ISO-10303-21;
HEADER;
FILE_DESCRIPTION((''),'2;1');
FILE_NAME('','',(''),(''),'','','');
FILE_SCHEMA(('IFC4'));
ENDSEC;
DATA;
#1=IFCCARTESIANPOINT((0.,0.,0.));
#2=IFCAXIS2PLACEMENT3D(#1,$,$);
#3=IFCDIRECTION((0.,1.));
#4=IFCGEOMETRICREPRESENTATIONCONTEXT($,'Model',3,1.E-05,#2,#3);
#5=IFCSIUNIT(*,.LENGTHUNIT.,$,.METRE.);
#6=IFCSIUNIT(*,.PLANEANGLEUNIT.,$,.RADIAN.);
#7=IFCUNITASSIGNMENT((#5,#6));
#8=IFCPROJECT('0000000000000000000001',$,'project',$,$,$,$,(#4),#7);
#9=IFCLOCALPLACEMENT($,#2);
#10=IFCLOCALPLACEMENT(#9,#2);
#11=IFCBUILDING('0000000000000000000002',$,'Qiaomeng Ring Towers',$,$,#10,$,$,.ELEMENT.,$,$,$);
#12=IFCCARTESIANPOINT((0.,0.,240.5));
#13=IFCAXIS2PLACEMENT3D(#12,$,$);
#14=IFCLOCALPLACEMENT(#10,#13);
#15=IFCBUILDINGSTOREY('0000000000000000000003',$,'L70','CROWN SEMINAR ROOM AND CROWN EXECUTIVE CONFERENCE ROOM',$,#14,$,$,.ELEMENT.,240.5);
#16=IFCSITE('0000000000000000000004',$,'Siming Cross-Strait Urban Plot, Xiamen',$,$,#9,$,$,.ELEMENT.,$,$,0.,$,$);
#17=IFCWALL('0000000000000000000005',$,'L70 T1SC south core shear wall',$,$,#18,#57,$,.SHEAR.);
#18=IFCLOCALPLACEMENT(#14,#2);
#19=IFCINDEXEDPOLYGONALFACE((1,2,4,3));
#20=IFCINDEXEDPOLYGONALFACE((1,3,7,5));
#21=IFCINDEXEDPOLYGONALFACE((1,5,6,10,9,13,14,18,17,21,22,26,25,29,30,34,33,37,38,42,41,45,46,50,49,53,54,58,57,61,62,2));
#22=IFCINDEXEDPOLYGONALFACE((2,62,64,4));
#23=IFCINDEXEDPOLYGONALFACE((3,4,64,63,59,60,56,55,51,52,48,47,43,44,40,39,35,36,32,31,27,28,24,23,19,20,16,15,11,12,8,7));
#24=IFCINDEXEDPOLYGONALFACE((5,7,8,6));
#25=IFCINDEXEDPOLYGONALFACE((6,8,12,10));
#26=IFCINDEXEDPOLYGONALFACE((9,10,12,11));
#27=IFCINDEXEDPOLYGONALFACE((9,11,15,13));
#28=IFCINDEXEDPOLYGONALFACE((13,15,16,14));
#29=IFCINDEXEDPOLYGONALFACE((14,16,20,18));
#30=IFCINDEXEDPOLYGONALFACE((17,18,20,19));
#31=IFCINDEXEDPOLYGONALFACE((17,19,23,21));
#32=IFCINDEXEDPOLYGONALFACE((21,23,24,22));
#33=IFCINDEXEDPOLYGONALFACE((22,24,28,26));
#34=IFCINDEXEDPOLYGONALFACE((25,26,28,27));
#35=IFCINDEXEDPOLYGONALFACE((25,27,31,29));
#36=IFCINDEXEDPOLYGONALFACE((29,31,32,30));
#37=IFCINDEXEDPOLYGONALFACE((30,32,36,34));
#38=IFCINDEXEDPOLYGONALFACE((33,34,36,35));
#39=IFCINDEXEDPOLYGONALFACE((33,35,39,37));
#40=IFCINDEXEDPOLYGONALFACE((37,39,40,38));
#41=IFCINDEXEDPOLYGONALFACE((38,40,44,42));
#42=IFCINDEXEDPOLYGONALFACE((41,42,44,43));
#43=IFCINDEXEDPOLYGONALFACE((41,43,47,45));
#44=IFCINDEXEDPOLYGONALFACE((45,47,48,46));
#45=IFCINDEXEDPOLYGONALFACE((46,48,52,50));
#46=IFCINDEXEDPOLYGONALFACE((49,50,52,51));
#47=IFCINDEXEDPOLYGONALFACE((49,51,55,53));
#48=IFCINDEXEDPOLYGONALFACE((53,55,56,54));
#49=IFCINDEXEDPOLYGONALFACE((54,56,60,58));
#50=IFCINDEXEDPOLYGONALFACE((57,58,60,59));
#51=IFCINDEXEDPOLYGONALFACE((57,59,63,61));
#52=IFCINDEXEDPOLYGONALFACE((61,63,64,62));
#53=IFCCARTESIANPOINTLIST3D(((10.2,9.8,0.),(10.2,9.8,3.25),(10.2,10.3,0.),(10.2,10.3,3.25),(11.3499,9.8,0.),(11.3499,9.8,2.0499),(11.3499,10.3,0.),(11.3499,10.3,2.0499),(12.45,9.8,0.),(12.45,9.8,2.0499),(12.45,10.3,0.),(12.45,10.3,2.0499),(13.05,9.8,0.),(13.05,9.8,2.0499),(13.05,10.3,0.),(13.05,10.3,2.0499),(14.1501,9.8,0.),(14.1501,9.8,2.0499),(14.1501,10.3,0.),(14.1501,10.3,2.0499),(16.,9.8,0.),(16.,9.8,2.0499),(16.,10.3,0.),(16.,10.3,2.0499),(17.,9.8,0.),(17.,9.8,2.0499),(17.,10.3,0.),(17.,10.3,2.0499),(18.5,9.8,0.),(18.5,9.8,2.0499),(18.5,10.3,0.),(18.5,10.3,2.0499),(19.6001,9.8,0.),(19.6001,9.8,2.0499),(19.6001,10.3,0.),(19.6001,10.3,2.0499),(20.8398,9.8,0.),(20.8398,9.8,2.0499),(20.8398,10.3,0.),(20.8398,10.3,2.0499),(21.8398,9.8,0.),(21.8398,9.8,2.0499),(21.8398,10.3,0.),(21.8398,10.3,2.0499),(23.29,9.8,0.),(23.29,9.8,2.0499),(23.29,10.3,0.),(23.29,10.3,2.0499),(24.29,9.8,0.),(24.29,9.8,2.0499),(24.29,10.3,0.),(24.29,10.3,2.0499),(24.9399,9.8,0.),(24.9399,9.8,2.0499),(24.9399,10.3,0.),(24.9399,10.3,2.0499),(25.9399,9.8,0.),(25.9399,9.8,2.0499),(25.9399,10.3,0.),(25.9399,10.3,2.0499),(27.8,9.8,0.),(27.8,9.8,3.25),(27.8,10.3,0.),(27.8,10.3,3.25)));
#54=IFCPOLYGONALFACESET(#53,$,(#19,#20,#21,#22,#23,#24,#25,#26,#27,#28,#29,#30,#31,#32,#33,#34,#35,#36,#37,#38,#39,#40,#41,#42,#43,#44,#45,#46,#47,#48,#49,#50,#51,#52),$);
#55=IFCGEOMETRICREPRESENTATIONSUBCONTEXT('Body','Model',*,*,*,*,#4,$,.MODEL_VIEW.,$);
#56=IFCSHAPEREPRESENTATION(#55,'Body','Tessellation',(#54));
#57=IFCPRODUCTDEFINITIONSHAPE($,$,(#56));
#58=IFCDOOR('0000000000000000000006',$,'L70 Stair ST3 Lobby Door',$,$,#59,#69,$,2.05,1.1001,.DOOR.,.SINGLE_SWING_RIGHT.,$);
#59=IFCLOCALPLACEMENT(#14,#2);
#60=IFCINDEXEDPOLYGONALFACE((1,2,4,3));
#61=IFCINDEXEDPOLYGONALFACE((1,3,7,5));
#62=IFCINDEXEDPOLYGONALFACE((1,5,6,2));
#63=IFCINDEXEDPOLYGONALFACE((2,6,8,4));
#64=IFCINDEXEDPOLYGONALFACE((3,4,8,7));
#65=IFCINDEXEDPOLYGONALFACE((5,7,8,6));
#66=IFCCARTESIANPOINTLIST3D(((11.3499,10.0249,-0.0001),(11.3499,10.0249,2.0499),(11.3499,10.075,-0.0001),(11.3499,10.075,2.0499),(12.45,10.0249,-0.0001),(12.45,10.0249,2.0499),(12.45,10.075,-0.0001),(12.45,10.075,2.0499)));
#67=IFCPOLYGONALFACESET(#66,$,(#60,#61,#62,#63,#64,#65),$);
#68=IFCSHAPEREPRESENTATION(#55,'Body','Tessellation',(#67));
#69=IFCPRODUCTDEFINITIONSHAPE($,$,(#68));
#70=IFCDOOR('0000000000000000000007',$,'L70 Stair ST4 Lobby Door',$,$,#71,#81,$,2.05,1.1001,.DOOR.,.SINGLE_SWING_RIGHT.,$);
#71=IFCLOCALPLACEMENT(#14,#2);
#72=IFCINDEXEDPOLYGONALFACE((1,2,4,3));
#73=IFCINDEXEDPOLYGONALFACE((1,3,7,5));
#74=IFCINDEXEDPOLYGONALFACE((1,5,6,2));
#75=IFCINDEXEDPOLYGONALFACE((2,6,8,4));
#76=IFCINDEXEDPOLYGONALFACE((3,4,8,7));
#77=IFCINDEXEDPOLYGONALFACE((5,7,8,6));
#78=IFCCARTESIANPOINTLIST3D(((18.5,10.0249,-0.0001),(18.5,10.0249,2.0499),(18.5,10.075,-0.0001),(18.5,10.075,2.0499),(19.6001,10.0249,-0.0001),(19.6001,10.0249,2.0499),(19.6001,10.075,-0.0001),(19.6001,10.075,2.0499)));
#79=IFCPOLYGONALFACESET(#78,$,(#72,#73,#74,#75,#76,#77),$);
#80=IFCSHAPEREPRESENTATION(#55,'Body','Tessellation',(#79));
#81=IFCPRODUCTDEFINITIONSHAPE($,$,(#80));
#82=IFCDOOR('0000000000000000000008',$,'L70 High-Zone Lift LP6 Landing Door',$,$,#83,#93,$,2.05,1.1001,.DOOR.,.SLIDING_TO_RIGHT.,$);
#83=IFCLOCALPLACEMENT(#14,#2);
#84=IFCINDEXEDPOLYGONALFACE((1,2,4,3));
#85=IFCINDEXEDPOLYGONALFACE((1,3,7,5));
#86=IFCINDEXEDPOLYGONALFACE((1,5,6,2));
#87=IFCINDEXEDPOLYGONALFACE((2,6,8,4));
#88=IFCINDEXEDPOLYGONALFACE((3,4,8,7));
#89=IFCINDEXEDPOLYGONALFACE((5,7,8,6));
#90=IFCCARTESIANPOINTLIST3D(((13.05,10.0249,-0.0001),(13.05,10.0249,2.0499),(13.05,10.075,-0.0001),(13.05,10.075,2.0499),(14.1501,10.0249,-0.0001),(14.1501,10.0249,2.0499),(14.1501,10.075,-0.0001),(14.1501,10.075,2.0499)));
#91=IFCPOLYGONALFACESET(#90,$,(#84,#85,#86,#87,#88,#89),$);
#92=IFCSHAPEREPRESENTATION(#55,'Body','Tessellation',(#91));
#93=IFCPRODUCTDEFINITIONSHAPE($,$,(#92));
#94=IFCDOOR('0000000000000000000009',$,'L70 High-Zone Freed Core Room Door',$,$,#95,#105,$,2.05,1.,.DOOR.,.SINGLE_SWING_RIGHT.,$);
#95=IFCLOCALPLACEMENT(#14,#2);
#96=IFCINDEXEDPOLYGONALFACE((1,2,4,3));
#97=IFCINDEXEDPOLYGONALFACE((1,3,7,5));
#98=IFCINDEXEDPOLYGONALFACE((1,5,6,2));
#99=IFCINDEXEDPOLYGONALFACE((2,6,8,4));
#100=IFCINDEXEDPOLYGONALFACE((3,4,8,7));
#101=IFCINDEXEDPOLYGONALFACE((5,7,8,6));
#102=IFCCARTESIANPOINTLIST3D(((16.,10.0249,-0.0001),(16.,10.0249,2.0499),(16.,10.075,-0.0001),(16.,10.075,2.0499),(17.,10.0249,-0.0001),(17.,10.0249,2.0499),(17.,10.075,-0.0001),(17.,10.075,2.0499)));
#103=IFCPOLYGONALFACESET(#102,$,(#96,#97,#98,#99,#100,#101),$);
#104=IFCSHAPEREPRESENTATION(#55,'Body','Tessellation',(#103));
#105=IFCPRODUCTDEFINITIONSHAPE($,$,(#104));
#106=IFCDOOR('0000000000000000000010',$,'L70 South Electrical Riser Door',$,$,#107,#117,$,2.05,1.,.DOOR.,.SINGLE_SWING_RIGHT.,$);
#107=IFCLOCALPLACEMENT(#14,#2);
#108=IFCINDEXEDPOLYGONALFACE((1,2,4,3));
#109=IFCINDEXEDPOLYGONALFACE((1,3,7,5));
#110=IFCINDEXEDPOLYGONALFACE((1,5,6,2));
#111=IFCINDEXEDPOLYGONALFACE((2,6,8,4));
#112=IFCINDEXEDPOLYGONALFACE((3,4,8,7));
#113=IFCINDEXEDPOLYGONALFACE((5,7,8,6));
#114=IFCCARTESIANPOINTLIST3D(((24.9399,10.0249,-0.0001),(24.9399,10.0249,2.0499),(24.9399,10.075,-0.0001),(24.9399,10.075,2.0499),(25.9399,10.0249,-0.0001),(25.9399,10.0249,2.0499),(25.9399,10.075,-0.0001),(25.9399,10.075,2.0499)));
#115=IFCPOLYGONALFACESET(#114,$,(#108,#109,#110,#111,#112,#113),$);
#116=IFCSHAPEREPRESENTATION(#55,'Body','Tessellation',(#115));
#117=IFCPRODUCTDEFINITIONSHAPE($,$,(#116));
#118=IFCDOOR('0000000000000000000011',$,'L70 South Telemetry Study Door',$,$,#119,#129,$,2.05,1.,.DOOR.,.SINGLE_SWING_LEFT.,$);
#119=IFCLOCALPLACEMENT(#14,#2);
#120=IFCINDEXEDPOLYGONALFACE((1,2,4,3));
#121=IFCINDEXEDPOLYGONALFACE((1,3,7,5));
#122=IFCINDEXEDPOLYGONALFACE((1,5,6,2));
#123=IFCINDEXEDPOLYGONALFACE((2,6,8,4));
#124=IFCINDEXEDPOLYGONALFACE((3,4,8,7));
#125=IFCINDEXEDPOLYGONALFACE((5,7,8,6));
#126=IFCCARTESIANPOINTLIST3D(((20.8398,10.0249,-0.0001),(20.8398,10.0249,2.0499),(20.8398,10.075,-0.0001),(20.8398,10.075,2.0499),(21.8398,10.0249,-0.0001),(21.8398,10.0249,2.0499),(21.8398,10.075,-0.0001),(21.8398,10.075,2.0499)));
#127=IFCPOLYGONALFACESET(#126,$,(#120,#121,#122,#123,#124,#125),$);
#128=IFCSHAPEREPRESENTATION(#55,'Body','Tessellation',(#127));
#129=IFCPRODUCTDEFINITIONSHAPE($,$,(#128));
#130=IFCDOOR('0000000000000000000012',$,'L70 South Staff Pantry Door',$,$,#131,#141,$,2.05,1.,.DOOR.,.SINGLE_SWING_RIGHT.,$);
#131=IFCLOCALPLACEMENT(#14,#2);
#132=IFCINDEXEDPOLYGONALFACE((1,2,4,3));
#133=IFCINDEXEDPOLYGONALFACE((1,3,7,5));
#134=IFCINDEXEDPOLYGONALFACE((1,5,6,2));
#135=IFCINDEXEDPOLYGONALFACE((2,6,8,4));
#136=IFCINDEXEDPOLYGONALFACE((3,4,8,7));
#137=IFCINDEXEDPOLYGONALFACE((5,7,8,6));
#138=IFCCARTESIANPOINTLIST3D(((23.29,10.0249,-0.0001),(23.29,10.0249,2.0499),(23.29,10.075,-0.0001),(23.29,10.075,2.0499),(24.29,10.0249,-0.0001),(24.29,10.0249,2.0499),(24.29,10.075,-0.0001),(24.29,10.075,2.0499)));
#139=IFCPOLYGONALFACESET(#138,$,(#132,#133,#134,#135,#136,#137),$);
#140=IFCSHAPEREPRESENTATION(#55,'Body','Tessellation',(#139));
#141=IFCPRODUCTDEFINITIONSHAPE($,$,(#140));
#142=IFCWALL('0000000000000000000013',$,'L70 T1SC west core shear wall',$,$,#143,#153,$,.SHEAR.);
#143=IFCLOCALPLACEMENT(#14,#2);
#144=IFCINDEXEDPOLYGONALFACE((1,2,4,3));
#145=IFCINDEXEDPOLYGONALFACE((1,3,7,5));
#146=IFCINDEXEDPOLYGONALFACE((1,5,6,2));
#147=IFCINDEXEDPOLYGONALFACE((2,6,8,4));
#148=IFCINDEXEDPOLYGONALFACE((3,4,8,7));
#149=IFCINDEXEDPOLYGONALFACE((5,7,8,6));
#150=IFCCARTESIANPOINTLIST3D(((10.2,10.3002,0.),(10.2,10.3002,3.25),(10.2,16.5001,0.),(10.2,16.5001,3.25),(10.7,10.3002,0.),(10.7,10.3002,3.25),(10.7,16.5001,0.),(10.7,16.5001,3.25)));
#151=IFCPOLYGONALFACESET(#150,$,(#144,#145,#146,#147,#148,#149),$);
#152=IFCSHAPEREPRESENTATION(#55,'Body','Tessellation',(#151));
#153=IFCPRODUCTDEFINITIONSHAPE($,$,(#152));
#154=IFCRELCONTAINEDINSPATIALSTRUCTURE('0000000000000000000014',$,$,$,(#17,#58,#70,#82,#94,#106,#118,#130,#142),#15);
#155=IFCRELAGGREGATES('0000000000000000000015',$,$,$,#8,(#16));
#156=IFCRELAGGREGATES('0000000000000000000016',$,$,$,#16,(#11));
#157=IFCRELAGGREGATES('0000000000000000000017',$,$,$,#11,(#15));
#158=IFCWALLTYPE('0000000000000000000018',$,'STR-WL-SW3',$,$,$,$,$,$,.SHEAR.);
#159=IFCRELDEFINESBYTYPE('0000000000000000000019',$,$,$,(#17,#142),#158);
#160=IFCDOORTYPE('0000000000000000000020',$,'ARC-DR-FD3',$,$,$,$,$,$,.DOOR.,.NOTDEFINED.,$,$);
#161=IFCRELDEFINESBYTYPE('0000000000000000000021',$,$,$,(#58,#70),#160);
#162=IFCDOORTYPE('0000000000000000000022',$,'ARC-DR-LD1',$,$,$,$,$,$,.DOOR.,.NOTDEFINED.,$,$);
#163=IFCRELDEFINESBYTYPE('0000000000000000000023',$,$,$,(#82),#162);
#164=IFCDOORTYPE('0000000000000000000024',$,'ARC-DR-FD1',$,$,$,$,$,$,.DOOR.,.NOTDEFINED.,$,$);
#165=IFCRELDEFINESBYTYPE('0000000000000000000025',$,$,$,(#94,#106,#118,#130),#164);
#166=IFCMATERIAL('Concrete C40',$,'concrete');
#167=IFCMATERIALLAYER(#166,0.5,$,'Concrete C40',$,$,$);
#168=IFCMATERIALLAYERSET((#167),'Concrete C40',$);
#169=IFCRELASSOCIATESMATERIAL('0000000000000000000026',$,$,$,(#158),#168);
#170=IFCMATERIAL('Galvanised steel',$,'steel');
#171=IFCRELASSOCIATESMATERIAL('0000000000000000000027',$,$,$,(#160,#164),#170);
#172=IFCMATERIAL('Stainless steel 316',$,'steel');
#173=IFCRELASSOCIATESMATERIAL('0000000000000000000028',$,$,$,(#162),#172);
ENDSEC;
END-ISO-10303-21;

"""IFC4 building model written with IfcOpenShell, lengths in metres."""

from ifc_helpers import new_model, si_unit, direction, frame, frame_2d, origin, place, context, subcontext, project, spatial, rectangle, extrude, source, transform, mapped, material, layer, layer_set, type_object, element, fill, save


model = new_model("IFC4")

# Units and contexts
model_context = context("Model", 3, precision=1e-05, world=origin(), true_north=direction((0.0, 1.0)))
body_context = subcontext(model_context, "Body", "Model", "MODEL_VIEW")
ifc_project = project(units=[si_unit("LENGTHUNIT", "METRE"), si_unit("PLANEANGLEUNIT", "RADIAN")], contexts=[model_context])

# Site, building, storey
site_placement = place(None, origin())
site = spatial("IfcSite", under=ifc_project, at=site_placement, Name="Siming Cross-Strait Urban Plot, Xiamen", CompositionType="ELEMENT", RefElevation=0.0)
building_placement = place(site_placement, origin())
building = spatial("IfcBuilding", under=site, at=building_placement, Name="Qiaomeng Ring Towers", CompositionType="ELEMENT")
storey_placement = place(building_placement, frame((0.0, 0.0, 240.5)))
storey = spatial("IfcBuildingStorey", under=building, at=storey_placement, Name="L70", Description="CROWN SEMINAR ROOM AND CROWN EXECUTIVE CONFERENCE ROOM", CompositionType="ELEMENT", Elevation=240.5)

# Shared definitions
ifc_material_1 = material(Name="Concrete C40", Category="concrete")

# Wall, openings, doors
ifc_layer_1 = layer(ifc_material_1, 0.5, Name="Concrete C40")
ifc_layer_set_1 = layer_set([ifc_layer_1], Name="Concrete C40")
wall_type_1 = type_object("IfcWallType", Name="STR-WL-SW3", PredefinedType="SHEAR", material=ifc_layer_set_1)
wall_1_placement = place(storey_placement, frame((10.2, 10.05, 0.0), z_axis=(0.0, 0.0, 1.0), x_axis=(1.0, 0.0, 0.0)))
wall_1 = element("IfcWall", 1, at=wall_1_placement, inside=storey, type_object=wall_type_1, Name="L70 T1SC south core shear wall", PredefinedType="SHEAR", context=body_context, shape_type="SweptSolid", body=[
    extrude(rectangle(XDim=17.6001, YDim=0.5, at=frame_2d((8.8, 0.0))), origin(), (0.0, 0.0, 1.0), 3.25),
])
opening_1_placement = place(wall_1_placement, frame((1.1499, 0.0, 0.0)))
opening_1 = element("IfcOpeningElement", 2, at=opening_1_placement, cuts=wall_1, PredefinedType="OPENING", context=body_context, shape_type="SweptSolid", body=[
    extrude(rectangle(XDim=1.1001, YDim=2.05, at=frame_2d((0.55, 1.0249))), frame((0.0, 0.26, 0.0), z_axis=(0.0, -1.0, 0.0), x_axis=(1.0, 0.0, 0.0)), (0.0, 0.0, 1.0), 0.52),
])
opening_2_placement = place(wall_1_placement, frame((8.3, 0.0, 0.0)))
opening_2 = element("IfcOpeningElement", 3, at=opening_2_placement, cuts=wall_1, PredefinedType="OPENING", context=body_context, shape_type="SweptSolid", body=[
    extrude(rectangle(XDim=1.1001, YDim=2.05, at=frame_2d((0.55, 1.0249))), frame((0.0, 0.26, 0.0), z_axis=(0.0, -1.0, 0.0), x_axis=(1.0, 0.0, 0.0)), (0.0, 0.0, 1.0), 0.52),
])
opening_3_placement = place(wall_1_placement, frame((2.8501, 0.0, 0.0)))
opening_3 = element("IfcOpeningElement", 4, at=opening_3_placement, cuts=wall_1, PredefinedType="OPENING", context=body_context, shape_type="SweptSolid", body=[
    extrude(rectangle(XDim=1.1001, YDim=2.05, at=frame_2d((0.55, 1.0249))), frame((0.0, 0.26, 0.0), z_axis=(0.0, -1.0, 0.0), x_axis=(1.0, 0.0, 0.0)), (0.0, 0.0, 1.0), 0.52),
])
opening_4_placement = place(wall_1_placement, frame((5.8, 0.0, 0.0)))
opening_4 = element("IfcOpeningElement", 5, at=opening_4_placement, cuts=wall_1, PredefinedType="OPENING", context=body_context, shape_type="SweptSolid", body=[
    extrude(rectangle(XDim=1.0, YDim=2.05, at=frame_2d((0.5, 1.0249))), frame((0.0, 0.26, 0.0), z_axis=(0.0, -1.0, 0.0), x_axis=(1.0, 0.0, 0.0)), (0.0, 0.0, 1.0), 0.52),
])
opening_5_placement = place(wall_1_placement, frame((14.74, 0.0, 0.0)))
opening_5 = element("IfcOpeningElement", 6, at=opening_5_placement, cuts=wall_1, PredefinedType="OPENING", context=body_context, shape_type="SweptSolid", body=[
    extrude(rectangle(XDim=1.0, YDim=2.05, at=frame_2d((0.5, 1.0249))), frame((0.0, 0.26, 0.0), z_axis=(0.0, -1.0, 0.0), x_axis=(1.0, 0.0, 0.0)), (0.0, 0.0, 1.0), 0.52),
])
opening_6_placement = place(wall_1_placement, frame((10.6399, 0.0, 0.0)))
opening_6 = element("IfcOpeningElement", 7, at=opening_6_placement, cuts=wall_1, PredefinedType="OPENING", context=body_context, shape_type="SweptSolid", body=[
    extrude(rectangle(XDim=1.0, YDim=2.05, at=frame_2d((0.5, 1.0249))), frame((0.0, 0.26, 0.0), z_axis=(0.0, -1.0, 0.0), x_axis=(1.0, 0.0, 0.0)), (0.0, 0.0, 1.0), 0.52),
])
opening_7_placement = place(wall_1_placement, frame((13.0901, 0.0, 0.0)))
opening_7 = element("IfcOpeningElement", 8, at=opening_7_placement, cuts=wall_1, PredefinedType="OPENING", context=body_context, shape_type="SweptSolid", body=[
    extrude(rectangle(XDim=1.0, YDim=2.05, at=frame_2d((0.5, 1.0249))), frame((0.0, 0.26, 0.0), z_axis=(0.0, -1.0, 0.0), x_axis=(1.0, 0.0, 0.0)), (0.0, 0.0, 1.0), 0.52),
])
ifc_material_2 = material(Name="Galvanised steel", Category="steel")
door_type_1 = type_object("IfcDoorType", Name="ARC-DR-FD3", OperationType="NOTDEFINED", PredefinedType="DOOR", material=ifc_material_2)
shared_shape_1 = source(origin(), body_context, "Body", "SweptSolid", [
    extrude(rectangle(XDim=1.1001, YDim=2.05, at=frame_2d((0.55, 1.0249))), frame((0.0, 0.0249, 0.0), z_axis=(0.0, -1.0, 0.0), x_axis=(1.0, 0.0, 0.0)), (0.0, 0.0, 1.0), 0.05),
])
door_1_placement = place(opening_1_placement, origin())
door_1 = element("IfcDoor", 9, at=door_1_placement, inside=storey, type_object=door_type_1, Name="L70 Stair ST3 Lobby Door", OperationType="SINGLE_SWING_RIGHT", OverallHeight=2.05, OverallWidth=1.1001, PredefinedType="DOOR", context=body_context, shape_type="MappedRepresentation", body=[
    mapped(shared_shape_1, transform((0.0, 0.0, 0.0), x_axis=(1.0, 0.0, 0.0), y_axis=(0.0, 1.0, 0.0), z_axis=(0.0, 0.0, 1.0), scale=1.0)),
])
fill(opening_1, door_1)
door_2_placement = place(opening_2_placement, origin())
door_2 = element("IfcDoor", 10, at=door_2_placement, inside=storey, type_object=door_type_1, Name="L70 Stair ST4 Lobby Door", OperationType="SINGLE_SWING_RIGHT", OverallHeight=2.05, OverallWidth=1.1001, PredefinedType="DOOR", context=body_context, shape_type="MappedRepresentation", body=[
    mapped(shared_shape_1, transform((0.0, 0.0, 0.0), x_axis=(1.0, 0.0, 0.0), y_axis=(0.0, 1.0, 0.0), z_axis=(0.0, 0.0, 1.0), scale=1.0)),
])
fill(opening_2, door_2)
ifc_material_3 = material(Name="Stainless steel 316", Category="steel")
door_type_2 = type_object("IfcDoorType", Name="ARC-DR-LD1", OperationType="NOTDEFINED", PredefinedType="DOOR", material=ifc_material_3)
door_3_placement = place(opening_3_placement, origin())
door_3 = element("IfcDoor", 11, at=door_3_placement, inside=storey, type_object=door_type_2, Name="L70 High-Zone Lift LP6 Landing Door", OperationType="SLIDING_TO_RIGHT", OverallHeight=2.05, OverallWidth=1.1001, PredefinedType="DOOR", context=body_context, shape_type="MappedRepresentation", body=[
    mapped(shared_shape_1, transform((0.0, 0.0, 0.0), x_axis=(1.0, 0.0, 0.0), y_axis=(0.0, 1.0, 0.0), z_axis=(0.0, 0.0, 1.0), scale=1.0)),
])
fill(opening_3, door_3)
door_type_3 = type_object("IfcDoorType", Name="ARC-DR-FD1", OperationType="NOTDEFINED", PredefinedType="DOOR", material=ifc_material_2)
shared_shape_2 = source(origin(), body_context, "Body", "SweptSolid", [
    extrude(rectangle(XDim=1.0, YDim=2.05, at=frame_2d((0.5, 1.0249))), frame((0.0, 0.0249, 0.0), z_axis=(0.0, -1.0, 0.0), x_axis=(1.0, 0.0, 0.0)), (0.0, 0.0, 1.0), 0.05),
])
door_4_placement = place(opening_4_placement, origin())
door_4 = element("IfcDoor", 12, at=door_4_placement, inside=storey, type_object=door_type_3, Name="L70 High-Zone Freed Core Room Door", OperationType="SINGLE_SWING_RIGHT", OverallHeight=2.05, OverallWidth=1.0, PredefinedType="DOOR", context=body_context, shape_type="MappedRepresentation", body=[
    mapped(shared_shape_2, transform((0.0, 0.0, 0.0), x_axis=(1.0, 0.0, 0.0), y_axis=(0.0, 1.0, 0.0), z_axis=(0.0, 0.0, 1.0), scale=1.0)),
])
fill(opening_4, door_4)
door_5_placement = place(opening_5_placement, origin())
door_5 = element("IfcDoor", 13, at=door_5_placement, inside=storey, type_object=door_type_3, Name="L70 South Electrical Riser Door", OperationType="SINGLE_SWING_RIGHT", OverallHeight=2.05, OverallWidth=1.0, PredefinedType="DOOR", context=body_context, shape_type="MappedRepresentation", body=[
    mapped(shared_shape_2, transform((0.0, 0.0, 0.0), x_axis=(1.0, 0.0, 0.0), y_axis=(0.0, 1.0, 0.0), z_axis=(0.0, 0.0, 1.0), scale=1.0)),
])
fill(opening_5, door_5)
door_6_placement = place(opening_6_placement, origin())
door_6 = element("IfcDoor", 14, at=door_6_placement, inside=storey, type_object=door_type_3, Name="L70 South Telemetry Study Door", OperationType="SINGLE_SWING_LEFT", OverallHeight=2.05, OverallWidth=1.0, PredefinedType="DOOR", context=body_context, shape_type="MappedRepresentation", body=[
    mapped(shared_shape_2, transform((0.0, 0.0, 0.0), x_axis=(1.0, 0.0, 0.0), y_axis=(0.0, 1.0, 0.0), z_axis=(0.0, 0.0, 1.0), scale=1.0)),
])
fill(opening_6, door_6)
door_7_placement = place(opening_7_placement, origin())
door_7 = element("IfcDoor", 15, at=door_7_placement, inside=storey, type_object=door_type_3, Name="L70 South Staff Pantry Door", OperationType="SINGLE_SWING_RIGHT", OverallHeight=2.05, OverallWidth=1.0, PredefinedType="DOOR", context=body_context, shape_type="MappedRepresentation", body=[
    mapped(shared_shape_2, transform((0.0, 0.0, 0.0), x_axis=(1.0, 0.0, 0.0), y_axis=(0.0, 1.0, 0.0), z_axis=(0.0, 0.0, 1.0), scale=1.0)),
])
fill(opening_7, door_7)

# Wall
wall_2_placement = place(storey_placement, frame((10.45, 10.3, 0.0), z_axis=(0.0, 0.0, 1.0), x_axis=(0.0, 1.0, 0.0)))
element("IfcWall", 16, at=wall_2_placement, inside=storey, type_object=wall_type_1, Name="L70 T1SC west core shear wall", PredefinedType="SHEAR", context=body_context, shape_type="SweptSolid", body=[
    extrude(rectangle(XDim=6.2, YDim=0.5, at=frame_2d((3.1001, 0.0))), origin(), (0.0, 0.0, 1.0), 3.25),
])

save(model, "model.ifc")
